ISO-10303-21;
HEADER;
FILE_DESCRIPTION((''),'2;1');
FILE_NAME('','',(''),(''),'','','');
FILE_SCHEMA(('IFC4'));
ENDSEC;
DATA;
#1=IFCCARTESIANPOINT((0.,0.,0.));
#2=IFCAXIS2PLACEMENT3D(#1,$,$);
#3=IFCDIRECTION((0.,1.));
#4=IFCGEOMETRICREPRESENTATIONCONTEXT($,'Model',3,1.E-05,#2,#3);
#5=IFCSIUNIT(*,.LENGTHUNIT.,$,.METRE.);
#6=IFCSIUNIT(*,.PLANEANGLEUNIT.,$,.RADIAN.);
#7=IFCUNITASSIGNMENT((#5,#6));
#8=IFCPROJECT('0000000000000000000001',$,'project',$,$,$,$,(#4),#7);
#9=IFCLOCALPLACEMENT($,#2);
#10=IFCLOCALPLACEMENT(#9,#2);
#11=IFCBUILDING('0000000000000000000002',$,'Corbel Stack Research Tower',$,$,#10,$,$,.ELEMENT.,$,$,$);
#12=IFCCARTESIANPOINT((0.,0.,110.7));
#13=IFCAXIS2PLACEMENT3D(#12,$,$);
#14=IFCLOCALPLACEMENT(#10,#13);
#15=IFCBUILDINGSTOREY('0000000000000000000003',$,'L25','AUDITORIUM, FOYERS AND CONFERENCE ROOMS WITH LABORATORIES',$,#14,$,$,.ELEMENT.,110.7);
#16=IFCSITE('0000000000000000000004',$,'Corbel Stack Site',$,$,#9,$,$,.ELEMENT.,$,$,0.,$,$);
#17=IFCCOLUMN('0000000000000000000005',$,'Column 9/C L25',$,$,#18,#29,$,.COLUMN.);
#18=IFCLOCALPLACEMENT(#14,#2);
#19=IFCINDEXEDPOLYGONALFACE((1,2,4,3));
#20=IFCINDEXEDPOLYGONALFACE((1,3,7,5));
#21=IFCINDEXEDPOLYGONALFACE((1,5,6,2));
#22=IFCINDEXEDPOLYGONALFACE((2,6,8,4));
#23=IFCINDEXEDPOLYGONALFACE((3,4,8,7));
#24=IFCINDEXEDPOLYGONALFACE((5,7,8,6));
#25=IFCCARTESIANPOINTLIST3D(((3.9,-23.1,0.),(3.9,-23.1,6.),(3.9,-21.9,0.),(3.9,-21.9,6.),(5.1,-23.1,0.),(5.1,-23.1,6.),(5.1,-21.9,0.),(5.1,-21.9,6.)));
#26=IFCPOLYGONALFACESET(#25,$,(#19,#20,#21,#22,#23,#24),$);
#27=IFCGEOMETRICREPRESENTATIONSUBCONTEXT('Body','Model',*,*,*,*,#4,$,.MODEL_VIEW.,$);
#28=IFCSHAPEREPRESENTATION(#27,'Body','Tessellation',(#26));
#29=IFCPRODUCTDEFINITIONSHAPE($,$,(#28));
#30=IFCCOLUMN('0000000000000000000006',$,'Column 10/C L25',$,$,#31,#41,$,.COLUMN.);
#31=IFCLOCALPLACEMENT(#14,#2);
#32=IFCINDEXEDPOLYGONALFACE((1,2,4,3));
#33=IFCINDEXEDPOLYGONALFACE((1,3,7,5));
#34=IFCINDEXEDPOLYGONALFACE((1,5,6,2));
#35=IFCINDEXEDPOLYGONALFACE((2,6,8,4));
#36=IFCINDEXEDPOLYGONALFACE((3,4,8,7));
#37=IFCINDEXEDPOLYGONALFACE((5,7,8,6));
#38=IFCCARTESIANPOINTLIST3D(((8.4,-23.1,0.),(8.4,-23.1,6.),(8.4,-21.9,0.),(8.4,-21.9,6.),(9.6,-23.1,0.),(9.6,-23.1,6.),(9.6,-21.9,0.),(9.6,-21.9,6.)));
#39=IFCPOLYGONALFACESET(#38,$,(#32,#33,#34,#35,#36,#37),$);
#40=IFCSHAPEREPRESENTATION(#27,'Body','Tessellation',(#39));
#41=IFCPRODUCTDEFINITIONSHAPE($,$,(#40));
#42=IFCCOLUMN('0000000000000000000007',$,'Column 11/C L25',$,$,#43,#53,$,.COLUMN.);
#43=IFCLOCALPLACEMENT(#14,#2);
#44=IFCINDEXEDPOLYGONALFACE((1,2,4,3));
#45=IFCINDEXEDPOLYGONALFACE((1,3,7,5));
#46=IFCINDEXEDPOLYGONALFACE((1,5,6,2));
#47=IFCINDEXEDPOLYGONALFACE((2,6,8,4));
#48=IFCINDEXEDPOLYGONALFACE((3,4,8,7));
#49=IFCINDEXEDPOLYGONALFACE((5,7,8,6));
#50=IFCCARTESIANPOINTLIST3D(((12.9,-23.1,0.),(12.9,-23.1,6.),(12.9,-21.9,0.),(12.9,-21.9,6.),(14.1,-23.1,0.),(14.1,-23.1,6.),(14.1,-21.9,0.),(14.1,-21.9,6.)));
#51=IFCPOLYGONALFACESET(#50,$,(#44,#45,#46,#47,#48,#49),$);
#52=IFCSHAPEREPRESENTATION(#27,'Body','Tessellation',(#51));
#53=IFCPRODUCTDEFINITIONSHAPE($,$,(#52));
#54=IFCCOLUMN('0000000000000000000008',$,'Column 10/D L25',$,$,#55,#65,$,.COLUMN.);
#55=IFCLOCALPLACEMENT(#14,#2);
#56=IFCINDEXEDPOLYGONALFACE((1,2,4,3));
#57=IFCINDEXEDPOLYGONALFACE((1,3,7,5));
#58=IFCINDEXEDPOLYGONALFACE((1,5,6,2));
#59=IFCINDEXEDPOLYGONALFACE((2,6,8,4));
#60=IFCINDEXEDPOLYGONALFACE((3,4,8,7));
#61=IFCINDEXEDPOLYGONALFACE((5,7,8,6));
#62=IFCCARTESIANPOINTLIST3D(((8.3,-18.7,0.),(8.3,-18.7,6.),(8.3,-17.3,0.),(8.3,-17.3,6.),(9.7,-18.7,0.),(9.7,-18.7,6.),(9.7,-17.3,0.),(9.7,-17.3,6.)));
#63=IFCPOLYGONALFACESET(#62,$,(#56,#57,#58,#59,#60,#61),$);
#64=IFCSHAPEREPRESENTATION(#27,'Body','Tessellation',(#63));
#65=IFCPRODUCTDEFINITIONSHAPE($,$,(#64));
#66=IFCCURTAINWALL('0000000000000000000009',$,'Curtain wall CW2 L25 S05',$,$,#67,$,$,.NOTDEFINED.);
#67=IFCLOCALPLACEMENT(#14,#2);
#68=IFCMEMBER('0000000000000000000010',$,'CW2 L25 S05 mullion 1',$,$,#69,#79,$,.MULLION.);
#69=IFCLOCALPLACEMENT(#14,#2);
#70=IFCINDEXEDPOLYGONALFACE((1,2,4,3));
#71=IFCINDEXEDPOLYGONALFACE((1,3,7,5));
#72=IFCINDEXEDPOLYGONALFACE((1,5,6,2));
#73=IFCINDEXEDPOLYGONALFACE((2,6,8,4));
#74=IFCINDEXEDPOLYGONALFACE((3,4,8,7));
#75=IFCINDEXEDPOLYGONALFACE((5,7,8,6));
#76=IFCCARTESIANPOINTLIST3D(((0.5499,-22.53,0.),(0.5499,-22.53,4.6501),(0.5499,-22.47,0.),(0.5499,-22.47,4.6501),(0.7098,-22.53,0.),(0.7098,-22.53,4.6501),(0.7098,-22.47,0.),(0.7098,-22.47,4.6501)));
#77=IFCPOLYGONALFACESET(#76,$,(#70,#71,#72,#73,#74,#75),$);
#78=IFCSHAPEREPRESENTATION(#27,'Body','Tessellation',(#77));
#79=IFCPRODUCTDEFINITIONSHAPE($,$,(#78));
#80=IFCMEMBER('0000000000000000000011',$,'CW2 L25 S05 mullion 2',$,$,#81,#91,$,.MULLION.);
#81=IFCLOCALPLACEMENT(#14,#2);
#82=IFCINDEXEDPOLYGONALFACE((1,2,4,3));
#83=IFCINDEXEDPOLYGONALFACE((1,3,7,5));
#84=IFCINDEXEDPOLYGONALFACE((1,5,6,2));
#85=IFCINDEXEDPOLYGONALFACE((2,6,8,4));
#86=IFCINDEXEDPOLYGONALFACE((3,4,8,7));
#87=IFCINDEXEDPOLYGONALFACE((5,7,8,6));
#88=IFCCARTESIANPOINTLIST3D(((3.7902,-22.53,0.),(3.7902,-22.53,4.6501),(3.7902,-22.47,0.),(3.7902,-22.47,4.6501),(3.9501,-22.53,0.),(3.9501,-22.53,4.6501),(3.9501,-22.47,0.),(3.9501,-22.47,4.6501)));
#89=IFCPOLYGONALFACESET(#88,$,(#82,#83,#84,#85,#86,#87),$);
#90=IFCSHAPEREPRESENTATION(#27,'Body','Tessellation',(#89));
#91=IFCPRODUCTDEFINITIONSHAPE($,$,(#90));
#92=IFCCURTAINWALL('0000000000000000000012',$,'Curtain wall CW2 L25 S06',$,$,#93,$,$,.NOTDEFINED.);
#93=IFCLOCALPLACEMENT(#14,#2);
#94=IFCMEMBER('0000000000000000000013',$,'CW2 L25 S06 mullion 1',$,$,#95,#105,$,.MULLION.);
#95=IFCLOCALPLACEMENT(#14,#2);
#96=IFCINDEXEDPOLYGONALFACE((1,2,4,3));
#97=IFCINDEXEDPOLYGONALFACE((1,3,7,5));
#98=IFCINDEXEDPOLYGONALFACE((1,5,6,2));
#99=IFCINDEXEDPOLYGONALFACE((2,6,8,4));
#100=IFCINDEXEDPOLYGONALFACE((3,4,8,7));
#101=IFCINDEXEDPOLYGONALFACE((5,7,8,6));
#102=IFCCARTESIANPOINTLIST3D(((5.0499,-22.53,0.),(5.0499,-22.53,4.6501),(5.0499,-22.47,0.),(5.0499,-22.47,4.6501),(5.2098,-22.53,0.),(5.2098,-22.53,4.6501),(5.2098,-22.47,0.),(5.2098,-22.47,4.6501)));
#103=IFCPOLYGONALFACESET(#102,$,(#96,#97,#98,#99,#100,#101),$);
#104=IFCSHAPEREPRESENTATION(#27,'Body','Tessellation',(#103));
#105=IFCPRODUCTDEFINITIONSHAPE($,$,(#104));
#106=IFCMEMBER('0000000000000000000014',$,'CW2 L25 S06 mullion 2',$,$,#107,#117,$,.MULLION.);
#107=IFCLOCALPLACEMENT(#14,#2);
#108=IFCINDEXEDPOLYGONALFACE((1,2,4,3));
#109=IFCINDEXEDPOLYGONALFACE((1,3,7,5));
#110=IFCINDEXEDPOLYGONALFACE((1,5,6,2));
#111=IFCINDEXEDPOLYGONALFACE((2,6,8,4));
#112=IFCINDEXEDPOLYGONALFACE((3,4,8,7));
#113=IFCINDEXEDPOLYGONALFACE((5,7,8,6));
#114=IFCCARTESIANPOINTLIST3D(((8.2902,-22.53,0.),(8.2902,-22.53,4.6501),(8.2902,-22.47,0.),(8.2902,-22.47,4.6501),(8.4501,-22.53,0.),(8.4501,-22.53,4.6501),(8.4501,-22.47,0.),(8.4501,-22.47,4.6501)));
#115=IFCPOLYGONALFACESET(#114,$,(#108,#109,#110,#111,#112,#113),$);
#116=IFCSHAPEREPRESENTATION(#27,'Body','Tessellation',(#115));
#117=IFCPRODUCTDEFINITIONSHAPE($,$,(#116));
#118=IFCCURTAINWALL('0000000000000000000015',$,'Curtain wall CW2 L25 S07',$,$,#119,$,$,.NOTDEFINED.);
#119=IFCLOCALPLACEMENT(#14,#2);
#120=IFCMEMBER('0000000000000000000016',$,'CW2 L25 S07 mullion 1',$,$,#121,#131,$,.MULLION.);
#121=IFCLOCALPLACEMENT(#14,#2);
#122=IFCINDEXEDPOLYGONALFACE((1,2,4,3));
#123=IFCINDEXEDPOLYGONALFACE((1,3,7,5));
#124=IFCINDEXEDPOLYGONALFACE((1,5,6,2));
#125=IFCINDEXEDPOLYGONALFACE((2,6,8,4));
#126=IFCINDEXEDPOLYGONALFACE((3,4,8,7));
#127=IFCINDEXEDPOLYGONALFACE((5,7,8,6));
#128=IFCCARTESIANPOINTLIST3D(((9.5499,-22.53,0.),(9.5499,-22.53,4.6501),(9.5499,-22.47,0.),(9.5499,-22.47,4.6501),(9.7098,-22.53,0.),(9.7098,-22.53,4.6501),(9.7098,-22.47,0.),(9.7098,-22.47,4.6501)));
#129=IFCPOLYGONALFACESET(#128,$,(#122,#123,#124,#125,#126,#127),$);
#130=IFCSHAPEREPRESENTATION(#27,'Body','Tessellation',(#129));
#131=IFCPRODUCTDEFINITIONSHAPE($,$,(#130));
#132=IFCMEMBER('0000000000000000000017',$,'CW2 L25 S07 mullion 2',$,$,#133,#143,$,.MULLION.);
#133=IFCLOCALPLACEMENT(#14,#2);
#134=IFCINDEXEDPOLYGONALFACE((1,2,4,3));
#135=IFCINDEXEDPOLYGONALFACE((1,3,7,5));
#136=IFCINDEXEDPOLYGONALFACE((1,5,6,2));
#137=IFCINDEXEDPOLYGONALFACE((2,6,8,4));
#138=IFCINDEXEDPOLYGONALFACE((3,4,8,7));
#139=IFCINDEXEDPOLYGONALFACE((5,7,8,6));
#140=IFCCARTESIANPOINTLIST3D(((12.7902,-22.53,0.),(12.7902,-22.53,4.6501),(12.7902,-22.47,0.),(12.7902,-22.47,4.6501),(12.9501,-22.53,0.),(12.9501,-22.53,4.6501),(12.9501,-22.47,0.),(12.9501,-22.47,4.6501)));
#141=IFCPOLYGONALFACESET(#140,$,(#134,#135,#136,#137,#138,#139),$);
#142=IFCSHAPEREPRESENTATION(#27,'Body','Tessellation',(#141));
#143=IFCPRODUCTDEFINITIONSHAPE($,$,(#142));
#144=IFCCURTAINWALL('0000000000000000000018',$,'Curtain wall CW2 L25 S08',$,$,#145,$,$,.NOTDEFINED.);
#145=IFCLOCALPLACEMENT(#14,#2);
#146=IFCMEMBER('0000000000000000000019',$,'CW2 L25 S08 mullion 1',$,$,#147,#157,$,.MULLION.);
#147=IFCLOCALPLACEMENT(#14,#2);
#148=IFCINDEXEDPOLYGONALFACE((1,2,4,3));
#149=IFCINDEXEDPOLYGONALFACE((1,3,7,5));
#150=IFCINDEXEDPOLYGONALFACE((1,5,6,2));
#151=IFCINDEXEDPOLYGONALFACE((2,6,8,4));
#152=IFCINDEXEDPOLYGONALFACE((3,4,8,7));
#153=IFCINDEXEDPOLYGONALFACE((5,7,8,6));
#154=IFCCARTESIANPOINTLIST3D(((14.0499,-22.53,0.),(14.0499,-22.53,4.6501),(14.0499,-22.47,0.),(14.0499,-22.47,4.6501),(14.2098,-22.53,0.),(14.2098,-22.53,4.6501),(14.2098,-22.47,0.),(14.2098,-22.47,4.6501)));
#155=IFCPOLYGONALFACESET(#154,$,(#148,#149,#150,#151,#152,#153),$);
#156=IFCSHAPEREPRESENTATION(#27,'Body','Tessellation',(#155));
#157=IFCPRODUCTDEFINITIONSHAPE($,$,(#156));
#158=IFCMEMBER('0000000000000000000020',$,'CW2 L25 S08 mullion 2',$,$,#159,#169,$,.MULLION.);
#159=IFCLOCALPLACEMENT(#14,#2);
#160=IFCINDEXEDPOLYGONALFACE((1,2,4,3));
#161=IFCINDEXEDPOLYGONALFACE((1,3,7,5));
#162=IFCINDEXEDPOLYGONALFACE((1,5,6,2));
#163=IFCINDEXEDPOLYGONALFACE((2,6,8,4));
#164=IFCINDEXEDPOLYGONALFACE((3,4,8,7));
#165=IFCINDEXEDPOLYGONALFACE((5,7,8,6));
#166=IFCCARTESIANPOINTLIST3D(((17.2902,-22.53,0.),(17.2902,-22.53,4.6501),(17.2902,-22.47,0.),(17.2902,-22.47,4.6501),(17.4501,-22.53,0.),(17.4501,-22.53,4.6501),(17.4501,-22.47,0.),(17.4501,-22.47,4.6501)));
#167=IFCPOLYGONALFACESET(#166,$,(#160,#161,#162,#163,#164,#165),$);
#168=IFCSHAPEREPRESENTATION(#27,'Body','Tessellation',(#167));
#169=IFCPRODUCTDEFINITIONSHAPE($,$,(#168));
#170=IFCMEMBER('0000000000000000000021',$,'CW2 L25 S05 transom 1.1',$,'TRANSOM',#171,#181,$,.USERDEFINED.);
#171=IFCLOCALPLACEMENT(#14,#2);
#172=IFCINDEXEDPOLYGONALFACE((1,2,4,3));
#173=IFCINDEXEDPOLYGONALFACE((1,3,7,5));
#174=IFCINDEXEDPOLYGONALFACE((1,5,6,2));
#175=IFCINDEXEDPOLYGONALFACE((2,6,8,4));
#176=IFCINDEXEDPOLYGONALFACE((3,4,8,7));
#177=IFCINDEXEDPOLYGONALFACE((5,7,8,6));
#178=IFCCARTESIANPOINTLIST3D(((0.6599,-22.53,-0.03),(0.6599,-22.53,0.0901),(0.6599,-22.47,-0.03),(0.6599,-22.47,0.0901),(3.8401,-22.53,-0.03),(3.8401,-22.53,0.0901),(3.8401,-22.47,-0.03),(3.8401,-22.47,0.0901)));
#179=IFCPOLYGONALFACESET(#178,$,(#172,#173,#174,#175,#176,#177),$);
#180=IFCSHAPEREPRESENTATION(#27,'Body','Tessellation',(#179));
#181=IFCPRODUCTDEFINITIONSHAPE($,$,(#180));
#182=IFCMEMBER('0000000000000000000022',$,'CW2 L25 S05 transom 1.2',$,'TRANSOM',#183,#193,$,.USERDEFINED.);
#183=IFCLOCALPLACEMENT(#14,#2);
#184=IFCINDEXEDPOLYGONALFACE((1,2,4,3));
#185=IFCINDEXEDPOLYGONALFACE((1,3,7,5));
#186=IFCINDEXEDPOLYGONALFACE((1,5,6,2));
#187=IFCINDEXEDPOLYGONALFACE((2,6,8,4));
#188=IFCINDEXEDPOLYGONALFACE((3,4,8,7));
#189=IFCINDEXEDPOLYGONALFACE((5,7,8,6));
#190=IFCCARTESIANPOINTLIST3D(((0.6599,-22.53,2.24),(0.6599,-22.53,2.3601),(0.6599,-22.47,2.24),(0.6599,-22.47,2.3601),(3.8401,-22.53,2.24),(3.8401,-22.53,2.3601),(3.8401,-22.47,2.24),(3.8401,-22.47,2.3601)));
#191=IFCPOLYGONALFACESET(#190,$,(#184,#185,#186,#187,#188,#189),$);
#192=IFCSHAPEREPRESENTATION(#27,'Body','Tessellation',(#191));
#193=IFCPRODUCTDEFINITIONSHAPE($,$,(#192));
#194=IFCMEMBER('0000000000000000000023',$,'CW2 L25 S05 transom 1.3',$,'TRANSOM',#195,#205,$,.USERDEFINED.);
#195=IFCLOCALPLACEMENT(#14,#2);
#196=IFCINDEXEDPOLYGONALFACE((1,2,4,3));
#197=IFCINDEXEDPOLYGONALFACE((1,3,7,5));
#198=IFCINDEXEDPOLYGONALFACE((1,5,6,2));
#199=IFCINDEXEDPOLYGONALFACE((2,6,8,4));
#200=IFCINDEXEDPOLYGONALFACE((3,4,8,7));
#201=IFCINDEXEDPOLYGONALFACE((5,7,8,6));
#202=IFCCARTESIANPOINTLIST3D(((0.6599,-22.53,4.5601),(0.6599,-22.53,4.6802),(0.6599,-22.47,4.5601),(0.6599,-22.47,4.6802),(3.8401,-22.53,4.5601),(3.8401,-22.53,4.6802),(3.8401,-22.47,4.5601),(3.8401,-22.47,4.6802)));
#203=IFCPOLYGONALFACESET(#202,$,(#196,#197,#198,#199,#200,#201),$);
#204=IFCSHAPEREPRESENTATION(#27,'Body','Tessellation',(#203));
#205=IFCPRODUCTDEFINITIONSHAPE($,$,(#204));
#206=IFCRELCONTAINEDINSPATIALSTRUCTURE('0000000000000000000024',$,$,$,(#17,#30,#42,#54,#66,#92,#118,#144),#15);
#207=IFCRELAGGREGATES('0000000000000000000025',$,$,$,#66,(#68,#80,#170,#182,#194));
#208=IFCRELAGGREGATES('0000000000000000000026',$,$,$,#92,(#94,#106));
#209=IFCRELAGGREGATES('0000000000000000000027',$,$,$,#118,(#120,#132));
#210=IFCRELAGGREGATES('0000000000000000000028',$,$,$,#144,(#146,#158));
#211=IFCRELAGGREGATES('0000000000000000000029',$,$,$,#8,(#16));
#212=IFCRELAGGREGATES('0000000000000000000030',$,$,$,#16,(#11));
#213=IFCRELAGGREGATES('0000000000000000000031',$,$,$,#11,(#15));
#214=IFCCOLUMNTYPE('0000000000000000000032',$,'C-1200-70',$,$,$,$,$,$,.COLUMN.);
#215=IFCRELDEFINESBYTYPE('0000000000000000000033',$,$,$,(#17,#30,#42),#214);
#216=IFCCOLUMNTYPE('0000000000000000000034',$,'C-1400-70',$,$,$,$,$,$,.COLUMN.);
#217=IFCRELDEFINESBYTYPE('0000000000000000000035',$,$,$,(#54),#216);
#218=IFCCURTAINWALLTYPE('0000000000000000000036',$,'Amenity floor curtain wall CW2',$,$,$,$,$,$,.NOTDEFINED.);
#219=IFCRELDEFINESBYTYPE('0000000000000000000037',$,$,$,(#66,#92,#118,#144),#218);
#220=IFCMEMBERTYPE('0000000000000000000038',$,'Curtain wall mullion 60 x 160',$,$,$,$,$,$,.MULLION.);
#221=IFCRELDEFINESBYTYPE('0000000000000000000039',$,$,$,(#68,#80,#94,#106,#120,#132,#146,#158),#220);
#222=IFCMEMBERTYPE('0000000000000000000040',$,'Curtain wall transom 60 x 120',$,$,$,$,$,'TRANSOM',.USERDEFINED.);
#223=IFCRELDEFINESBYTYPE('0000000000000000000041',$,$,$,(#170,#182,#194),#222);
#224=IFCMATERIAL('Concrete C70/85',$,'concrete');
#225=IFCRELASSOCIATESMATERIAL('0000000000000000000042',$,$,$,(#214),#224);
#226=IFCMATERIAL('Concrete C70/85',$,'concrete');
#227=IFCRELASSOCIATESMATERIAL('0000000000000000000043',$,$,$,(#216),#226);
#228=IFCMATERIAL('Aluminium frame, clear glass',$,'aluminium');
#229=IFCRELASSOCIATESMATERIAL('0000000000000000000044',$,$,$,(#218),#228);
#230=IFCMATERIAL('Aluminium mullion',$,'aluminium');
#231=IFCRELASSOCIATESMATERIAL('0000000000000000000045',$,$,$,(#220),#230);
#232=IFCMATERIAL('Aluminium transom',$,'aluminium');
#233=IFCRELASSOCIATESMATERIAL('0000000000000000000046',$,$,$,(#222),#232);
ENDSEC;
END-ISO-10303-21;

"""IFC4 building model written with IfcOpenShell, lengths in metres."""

from ifc_helpers import new_model, si_unit, direction, frame, origin, origin_2d, place, context, subcontext, project, spatial, rectangle, extrude, material, material_profile, profile_set, type_object, element, aggregate, save


model = new_model("IFC4")

# Units and contexts
model_context = context("Model", 3, precision=1e-05, world=origin(), true_north=direction((0.0, 1.0)))
body_context = subcontext(model_context, "Body", "Model", "MODEL_VIEW")
ifc_project = project(units=[si_unit("LENGTHUNIT", "METRE"), si_unit("PLANEANGLEUNIT", "RADIAN")], contexts=[model_context])

# Site, building, storey
site_placement = place(None, origin())
site = spatial("IfcSite", under=ifc_project, at=site_placement, Name="Corbel Stack Site", CompositionType="ELEMENT", RefElevation=0.0)
building_placement = place(site_placement, origin())
building = spatial("IfcBuilding", under=site, at=building_placement, Name="Corbel Stack Research Tower", CompositionType="ELEMENT")
storey_placement = place(building_placement, frame((0.0, 0.0, 110.7)))
storey = spatial("IfcBuildingStorey", under=building, at=storey_placement, Name="L25", Description="AUDITORIUM, FOYERS AND CONFERENCE ROOMS WITH LABORATORIES", CompositionType="ELEMENT", Elevation=110.7)

# Columns
ifc_material_1 = material(Name="Concrete C70/85", Category="concrete")
ifc_material_profile_1 = material_profile(ifc_material_1, rectangle(XDim=1.2, YDim=1.2, at=origin_2d()), Name="RC 1200 x 1200")
ifc_profile_set_1 = profile_set([ifc_material_profile_1], Name="Concrete C70/85")
column_type_1 = type_object("IfcColumnType", Name="C-1200-70", PredefinedType="COLUMN", material=ifc_profile_set_1)
for number, where, z_axis, x_axis, name in (
    (1, (4.5, -22.5, 0.0), (0.0, 0.0, 1.0), (1.0, 0.0, 0.0), "Column 9/C L25"),
    (2, (9.0, -22.5, 0.0), (0.0, 0.0, 1.0), (1.0, 0.0, 0.0), "Column 10/C L25"),
    (3, (13.5, -22.5, 0.0), (0.0, 0.0, 1.0), (1.0, 0.0, 0.0), "Column 11/C L25"),
):
    element("IfcColumn", number, at=place(storey_placement, frame(where, z_axis=z_axis, x_axis=x_axis)), inside=storey, type_object=column_type_1, Name=name, PredefinedType="COLUMN", context=body_context, shape_type="SweptSolid", body=[
        extrude(rectangle(XDim=1.2, YDim=1.2, at=origin_2d()), origin(), (0.0, 0.0, 1.0), 6.0),
    ])
ifc_material_2 = material(Name="Concrete C70/85", Category="concrete")
ifc_material_profile_2 = material_profile(ifc_material_2, rectangle(XDim=1.3999, YDim=1.3999, at=origin_2d()), Name="RC 1400 x 1400")
ifc_profile_set_2 = profile_set([ifc_material_profile_2], Name="Concrete C70/85")
column_type_2 = type_object("IfcColumnType", Name="C-1400-70", PredefinedType="COLUMN", material=ifc_profile_set_2)
column_placement = place(storey_placement, frame((9.0, -18.0, 0.0), z_axis=(0.0, 0.0, 1.0), x_axis=(1.0, 0.0, 0.0)))
element("IfcColumn", 4, at=column_placement, inside=storey, type_object=column_type_2, Name="Column 10/D L25", PredefinedType="COLUMN", context=body_context, shape_type="SweptSolid", body=[
    extrude(rectangle(XDim=1.3999, YDim=1.3999, at=origin_2d()), origin(), (0.0, 0.0, 1.0), 6.0),
])

# Curtain walls, members
ifc_material_3 = material(Name="Aluminium frame, clear glass", Category="aluminium")
curtain_wall_type = type_object("IfcCurtainWallType", Name="Amenity floor curtain wall CW2", PredefinedType="NOTDEFINED", material=ifc_material_3)
curtain_wall_1_placement = place(storey_placement, origin())
curtain_wall_1 = element("IfcCurtainWall", 5, at=curtain_wall_1_placement, inside=storey, type_object=curtain_wall_type, Name="Curtain wall CW2 L25 S05", PredefinedType="NOTDEFINED")
ifc_material_4 = material(Name="Aluminium mullion", Category="aluminium")
ifc_material_profile_3 = material_profile(ifc_material_4, rectangle(XDim=0.0601, YDim=0.1599, at=origin_2d()), Name="Mullion 60 x 160")
ifc_profile_set_3 = profile_set([ifc_material_profile_3], Name="Aluminium mullion")
member_type_1 = type_object("IfcMemberType", Name="Curtain wall mullion 60 x 160", PredefinedType="MULLION", material=ifc_profile_set_3)
member_1_placement = place(storey_placement, frame((0.6299, -22.5, 0.0), z_axis=(0.0, 0.0, 1.0), x_axis=(0.0, 1.0, 0.0)))
member_1 = element("IfcMember", 6, at=member_1_placement, type_object=member_type_1, Name="CW2 L25 S05 mullion 1", PredefinedType="MULLION", context=body_context, shape_type="SweptSolid", body=[
    extrude(rectangle(XDim=0.0601, YDim=0.1599, at=origin_2d()), origin(), (0.0, 0.0, 1.0), 4.6501),
])
member_2_placement = place(storey_placement, frame((3.8701, -22.5, 0.0), z_axis=(0.0, 0.0, 1.0), x_axis=(0.0, 1.0, 0.0)))
member_2 = element("IfcMember", 7, at=member_2_placement, type_object=member_type_1, Name="CW2 L25 S05 mullion 2", PredefinedType="MULLION", context=body_context, shape_type="SweptSolid", body=[
    extrude(rectangle(XDim=0.0601, YDim=0.1599, at=origin_2d()), origin(), (0.0, 0.0, 1.0), 4.6501),
])
curtain_wall_2_placement = place(storey_placement, origin())
curtain_wall_2 = element("IfcCurtainWall", 8, at=curtain_wall_2_placement, inside=storey, type_object=curtain_wall_type, Name="Curtain wall CW2 L25 S06", PredefinedType="NOTDEFINED")
member_3_placement = place(storey_placement, frame((5.1299, -22.5, 0.0), z_axis=(0.0, 0.0, 1.0), x_axis=(0.0, 1.0, 0.0)))
member_3 = element("IfcMember", 9, at=member_3_placement, type_object=member_type_1, Name="CW2 L25 S06 mullion 1", PredefinedType="MULLION", context=body_context, shape_type="SweptSolid", body=[
    extrude(rectangle(XDim=0.0601, YDim=0.1599, at=origin_2d()), origin(), (0.0, 0.0, 1.0), 4.6501),
])
member_4_placement = place(storey_placement, frame((8.3701, -22.5, 0.0), z_axis=(0.0, 0.0, 1.0), x_axis=(0.0, 1.0, 0.0)))
member_4 = element("IfcMember", 10, at=member_4_placement, type_object=member_type_1, Name="CW2 L25 S06 mullion 2", PredefinedType="MULLION", context=body_context, shape_type="SweptSolid", body=[
    extrude(rectangle(XDim=0.0601, YDim=0.1599, at=origin_2d()), origin(), (0.0, 0.0, 1.0), 4.6501),
])
curtain_wall_3_placement = place(storey_placement, origin())
curtain_wall_3 = element("IfcCurtainWall", 11, at=curtain_wall_3_placement, inside=storey, type_object=curtain_wall_type, Name="Curtain wall CW2 L25 S07", PredefinedType="NOTDEFINED")
member_5_placement = place(storey_placement, frame((9.6299, -22.5, 0.0), z_axis=(0.0, 0.0, 1.0), x_axis=(0.0, 1.0, 0.0)))
member_5 = element("IfcMember", 12, at=member_5_placement, type_object=member_type_1, Name="CW2 L25 S07 mullion 1", PredefinedType="MULLION", context=body_context, shape_type="SweptSolid", body=[
    extrude(rectangle(XDim=0.0601, YDim=0.1599, at=origin_2d()), origin(), (0.0, 0.0, 1.0), 4.6501),
])
member_6_placement = place(storey_placement, frame((12.8701, -22.5, 0.0), z_axis=(0.0, 0.0, 1.0), x_axis=(0.0, 1.0, 0.0)))
member_6 = element("IfcMember", 13, at=member_6_placement, type_object=member_type_1, Name="CW2 L25 S07 mullion 2", PredefinedType="MULLION", context=body_context, shape_type="SweptSolid", body=[
    extrude(rectangle(XDim=0.0601, YDim=0.1599, at=origin_2d()), origin(), (0.0, 0.0, 1.0), 4.6501),
])
curtain_wall_4_placement = place(storey_placement, origin())
curtain_wall_4 = element("IfcCurtainWall", 14, at=curtain_wall_4_placement, inside=storey, type_object=curtain_wall_type, Name="Curtain wall CW2 L25 S08", PredefinedType="NOTDEFINED")
member_7_placement = place(storey_placement, frame((14.1299, -22.5, 0.0), z_axis=(0.0, 0.0, 1.0), x_axis=(0.0, 1.0, 0.0)))
member_7 = element("IfcMember", 15, at=member_7_placement, type_object=member_type_1, Name="CW2 L25 S08 mullion 1", PredefinedType="MULLION", context=body_context, shape_type="SweptSolid", body=[
    extrude(rectangle(XDim=0.0601, YDim=0.1599, at=origin_2d()), origin(), (0.0, 0.0, 1.0), 4.6501),
])
member_8_placement = place(storey_placement, frame((17.3701, -22.5, 0.0), z_axis=(0.0, 0.0, 1.0), x_axis=(0.0, 1.0, 0.0)))
member_8 = element("IfcMember", 16, at=member_8_placement, type_object=member_type_1, Name="CW2 L25 S08 mullion 2", PredefinedType="MULLION", context=body_context, shape_type="SweptSolid", body=[
    extrude(rectangle(XDim=0.0601, YDim=0.1599, at=origin_2d()), origin(), (0.0, 0.0, 1.0), 4.6501),
])

# Members
ifc_material_5 = material(Name="Aluminium transom", Category="aluminium")
ifc_material_profile_4 = material_profile(ifc_material_5, rectangle(XDim=0.0601, YDim=0.1201, at=origin_2d()), Name="Transom 60 x 120")
ifc_profile_set_4 = profile_set([ifc_material_profile_4], Name="Aluminium transom")
member_type_2 = type_object("IfcMemberType", Name="Curtain wall transom 60 x 120", ElementType="TRANSOM", PredefinedType="USERDEFINED", material=ifc_profile_set_4)
member_9_placement = place(storey_placement, frame((0.6599, -22.5, 0.03), z_axis=(1.0, 0.0, 0.0), x_axis=(0.0, 1.0, 0.0)))
member_9 = element("IfcMember", 17, at=member_9_placement, type_object=member_type_2, Name="CW2 L25 S05 transom 1.1", ObjectType="TRANSOM", PredefinedType="USERDEFINED", context=body_context, shape_type="SweptSolid", body=[
    extrude(rectangle(XDim=0.0601, YDim=0.1201, at=origin_2d()), origin(), (0.0, 0.0, 1.0), 3.1802),
])
member_10_placement = place(storey_placement, frame((0.6599, -22.5, 2.3), z_axis=(1.0, 0.0, 0.0), x_axis=(0.0, 1.0, 0.0)))
member_10 = element("IfcMember", 18, at=member_10_placement, type_object=member_type_2, Name="CW2 L25 S05 transom 1.2", ObjectType="TRANSOM", PredefinedType="USERDEFINED", context=body_context, shape_type="SweptSolid", body=[
    extrude(rectangle(XDim=0.0601, YDim=0.1201, at=origin_2d()), origin(), (0.0, 0.0, 1.0), 3.1802),
])
member_11_placement = place(storey_placement, frame((0.6599, -22.5, 4.6201), z_axis=(1.0, 0.0, 0.0), x_axis=(0.0, 1.0, 0.0)))
member_11 = element("IfcMember", 19, at=member_11_placement, type_object=member_type_2, Name="CW2 L25 S05 transom 1.3", ObjectType="TRANSOM", PredefinedType="USERDEFINED", context=body_context, shape_type="SweptSolid", body=[
    extrude(rectangle(XDim=0.0601, YDim=0.1201, at=origin_2d()), origin(), (0.0, 0.0, 1.0), 3.1802),
])

aggregate(curtain_wall_1, [member_1, member_2, member_9, member_10, member_11])
aggregate(curtain_wall_2, [member_3, member_4])
aggregate(curtain_wall_3, [member_5, member_6])
aggregate(curtain_wall_4, [member_7, member_8])

save(model, "model.ifc")
